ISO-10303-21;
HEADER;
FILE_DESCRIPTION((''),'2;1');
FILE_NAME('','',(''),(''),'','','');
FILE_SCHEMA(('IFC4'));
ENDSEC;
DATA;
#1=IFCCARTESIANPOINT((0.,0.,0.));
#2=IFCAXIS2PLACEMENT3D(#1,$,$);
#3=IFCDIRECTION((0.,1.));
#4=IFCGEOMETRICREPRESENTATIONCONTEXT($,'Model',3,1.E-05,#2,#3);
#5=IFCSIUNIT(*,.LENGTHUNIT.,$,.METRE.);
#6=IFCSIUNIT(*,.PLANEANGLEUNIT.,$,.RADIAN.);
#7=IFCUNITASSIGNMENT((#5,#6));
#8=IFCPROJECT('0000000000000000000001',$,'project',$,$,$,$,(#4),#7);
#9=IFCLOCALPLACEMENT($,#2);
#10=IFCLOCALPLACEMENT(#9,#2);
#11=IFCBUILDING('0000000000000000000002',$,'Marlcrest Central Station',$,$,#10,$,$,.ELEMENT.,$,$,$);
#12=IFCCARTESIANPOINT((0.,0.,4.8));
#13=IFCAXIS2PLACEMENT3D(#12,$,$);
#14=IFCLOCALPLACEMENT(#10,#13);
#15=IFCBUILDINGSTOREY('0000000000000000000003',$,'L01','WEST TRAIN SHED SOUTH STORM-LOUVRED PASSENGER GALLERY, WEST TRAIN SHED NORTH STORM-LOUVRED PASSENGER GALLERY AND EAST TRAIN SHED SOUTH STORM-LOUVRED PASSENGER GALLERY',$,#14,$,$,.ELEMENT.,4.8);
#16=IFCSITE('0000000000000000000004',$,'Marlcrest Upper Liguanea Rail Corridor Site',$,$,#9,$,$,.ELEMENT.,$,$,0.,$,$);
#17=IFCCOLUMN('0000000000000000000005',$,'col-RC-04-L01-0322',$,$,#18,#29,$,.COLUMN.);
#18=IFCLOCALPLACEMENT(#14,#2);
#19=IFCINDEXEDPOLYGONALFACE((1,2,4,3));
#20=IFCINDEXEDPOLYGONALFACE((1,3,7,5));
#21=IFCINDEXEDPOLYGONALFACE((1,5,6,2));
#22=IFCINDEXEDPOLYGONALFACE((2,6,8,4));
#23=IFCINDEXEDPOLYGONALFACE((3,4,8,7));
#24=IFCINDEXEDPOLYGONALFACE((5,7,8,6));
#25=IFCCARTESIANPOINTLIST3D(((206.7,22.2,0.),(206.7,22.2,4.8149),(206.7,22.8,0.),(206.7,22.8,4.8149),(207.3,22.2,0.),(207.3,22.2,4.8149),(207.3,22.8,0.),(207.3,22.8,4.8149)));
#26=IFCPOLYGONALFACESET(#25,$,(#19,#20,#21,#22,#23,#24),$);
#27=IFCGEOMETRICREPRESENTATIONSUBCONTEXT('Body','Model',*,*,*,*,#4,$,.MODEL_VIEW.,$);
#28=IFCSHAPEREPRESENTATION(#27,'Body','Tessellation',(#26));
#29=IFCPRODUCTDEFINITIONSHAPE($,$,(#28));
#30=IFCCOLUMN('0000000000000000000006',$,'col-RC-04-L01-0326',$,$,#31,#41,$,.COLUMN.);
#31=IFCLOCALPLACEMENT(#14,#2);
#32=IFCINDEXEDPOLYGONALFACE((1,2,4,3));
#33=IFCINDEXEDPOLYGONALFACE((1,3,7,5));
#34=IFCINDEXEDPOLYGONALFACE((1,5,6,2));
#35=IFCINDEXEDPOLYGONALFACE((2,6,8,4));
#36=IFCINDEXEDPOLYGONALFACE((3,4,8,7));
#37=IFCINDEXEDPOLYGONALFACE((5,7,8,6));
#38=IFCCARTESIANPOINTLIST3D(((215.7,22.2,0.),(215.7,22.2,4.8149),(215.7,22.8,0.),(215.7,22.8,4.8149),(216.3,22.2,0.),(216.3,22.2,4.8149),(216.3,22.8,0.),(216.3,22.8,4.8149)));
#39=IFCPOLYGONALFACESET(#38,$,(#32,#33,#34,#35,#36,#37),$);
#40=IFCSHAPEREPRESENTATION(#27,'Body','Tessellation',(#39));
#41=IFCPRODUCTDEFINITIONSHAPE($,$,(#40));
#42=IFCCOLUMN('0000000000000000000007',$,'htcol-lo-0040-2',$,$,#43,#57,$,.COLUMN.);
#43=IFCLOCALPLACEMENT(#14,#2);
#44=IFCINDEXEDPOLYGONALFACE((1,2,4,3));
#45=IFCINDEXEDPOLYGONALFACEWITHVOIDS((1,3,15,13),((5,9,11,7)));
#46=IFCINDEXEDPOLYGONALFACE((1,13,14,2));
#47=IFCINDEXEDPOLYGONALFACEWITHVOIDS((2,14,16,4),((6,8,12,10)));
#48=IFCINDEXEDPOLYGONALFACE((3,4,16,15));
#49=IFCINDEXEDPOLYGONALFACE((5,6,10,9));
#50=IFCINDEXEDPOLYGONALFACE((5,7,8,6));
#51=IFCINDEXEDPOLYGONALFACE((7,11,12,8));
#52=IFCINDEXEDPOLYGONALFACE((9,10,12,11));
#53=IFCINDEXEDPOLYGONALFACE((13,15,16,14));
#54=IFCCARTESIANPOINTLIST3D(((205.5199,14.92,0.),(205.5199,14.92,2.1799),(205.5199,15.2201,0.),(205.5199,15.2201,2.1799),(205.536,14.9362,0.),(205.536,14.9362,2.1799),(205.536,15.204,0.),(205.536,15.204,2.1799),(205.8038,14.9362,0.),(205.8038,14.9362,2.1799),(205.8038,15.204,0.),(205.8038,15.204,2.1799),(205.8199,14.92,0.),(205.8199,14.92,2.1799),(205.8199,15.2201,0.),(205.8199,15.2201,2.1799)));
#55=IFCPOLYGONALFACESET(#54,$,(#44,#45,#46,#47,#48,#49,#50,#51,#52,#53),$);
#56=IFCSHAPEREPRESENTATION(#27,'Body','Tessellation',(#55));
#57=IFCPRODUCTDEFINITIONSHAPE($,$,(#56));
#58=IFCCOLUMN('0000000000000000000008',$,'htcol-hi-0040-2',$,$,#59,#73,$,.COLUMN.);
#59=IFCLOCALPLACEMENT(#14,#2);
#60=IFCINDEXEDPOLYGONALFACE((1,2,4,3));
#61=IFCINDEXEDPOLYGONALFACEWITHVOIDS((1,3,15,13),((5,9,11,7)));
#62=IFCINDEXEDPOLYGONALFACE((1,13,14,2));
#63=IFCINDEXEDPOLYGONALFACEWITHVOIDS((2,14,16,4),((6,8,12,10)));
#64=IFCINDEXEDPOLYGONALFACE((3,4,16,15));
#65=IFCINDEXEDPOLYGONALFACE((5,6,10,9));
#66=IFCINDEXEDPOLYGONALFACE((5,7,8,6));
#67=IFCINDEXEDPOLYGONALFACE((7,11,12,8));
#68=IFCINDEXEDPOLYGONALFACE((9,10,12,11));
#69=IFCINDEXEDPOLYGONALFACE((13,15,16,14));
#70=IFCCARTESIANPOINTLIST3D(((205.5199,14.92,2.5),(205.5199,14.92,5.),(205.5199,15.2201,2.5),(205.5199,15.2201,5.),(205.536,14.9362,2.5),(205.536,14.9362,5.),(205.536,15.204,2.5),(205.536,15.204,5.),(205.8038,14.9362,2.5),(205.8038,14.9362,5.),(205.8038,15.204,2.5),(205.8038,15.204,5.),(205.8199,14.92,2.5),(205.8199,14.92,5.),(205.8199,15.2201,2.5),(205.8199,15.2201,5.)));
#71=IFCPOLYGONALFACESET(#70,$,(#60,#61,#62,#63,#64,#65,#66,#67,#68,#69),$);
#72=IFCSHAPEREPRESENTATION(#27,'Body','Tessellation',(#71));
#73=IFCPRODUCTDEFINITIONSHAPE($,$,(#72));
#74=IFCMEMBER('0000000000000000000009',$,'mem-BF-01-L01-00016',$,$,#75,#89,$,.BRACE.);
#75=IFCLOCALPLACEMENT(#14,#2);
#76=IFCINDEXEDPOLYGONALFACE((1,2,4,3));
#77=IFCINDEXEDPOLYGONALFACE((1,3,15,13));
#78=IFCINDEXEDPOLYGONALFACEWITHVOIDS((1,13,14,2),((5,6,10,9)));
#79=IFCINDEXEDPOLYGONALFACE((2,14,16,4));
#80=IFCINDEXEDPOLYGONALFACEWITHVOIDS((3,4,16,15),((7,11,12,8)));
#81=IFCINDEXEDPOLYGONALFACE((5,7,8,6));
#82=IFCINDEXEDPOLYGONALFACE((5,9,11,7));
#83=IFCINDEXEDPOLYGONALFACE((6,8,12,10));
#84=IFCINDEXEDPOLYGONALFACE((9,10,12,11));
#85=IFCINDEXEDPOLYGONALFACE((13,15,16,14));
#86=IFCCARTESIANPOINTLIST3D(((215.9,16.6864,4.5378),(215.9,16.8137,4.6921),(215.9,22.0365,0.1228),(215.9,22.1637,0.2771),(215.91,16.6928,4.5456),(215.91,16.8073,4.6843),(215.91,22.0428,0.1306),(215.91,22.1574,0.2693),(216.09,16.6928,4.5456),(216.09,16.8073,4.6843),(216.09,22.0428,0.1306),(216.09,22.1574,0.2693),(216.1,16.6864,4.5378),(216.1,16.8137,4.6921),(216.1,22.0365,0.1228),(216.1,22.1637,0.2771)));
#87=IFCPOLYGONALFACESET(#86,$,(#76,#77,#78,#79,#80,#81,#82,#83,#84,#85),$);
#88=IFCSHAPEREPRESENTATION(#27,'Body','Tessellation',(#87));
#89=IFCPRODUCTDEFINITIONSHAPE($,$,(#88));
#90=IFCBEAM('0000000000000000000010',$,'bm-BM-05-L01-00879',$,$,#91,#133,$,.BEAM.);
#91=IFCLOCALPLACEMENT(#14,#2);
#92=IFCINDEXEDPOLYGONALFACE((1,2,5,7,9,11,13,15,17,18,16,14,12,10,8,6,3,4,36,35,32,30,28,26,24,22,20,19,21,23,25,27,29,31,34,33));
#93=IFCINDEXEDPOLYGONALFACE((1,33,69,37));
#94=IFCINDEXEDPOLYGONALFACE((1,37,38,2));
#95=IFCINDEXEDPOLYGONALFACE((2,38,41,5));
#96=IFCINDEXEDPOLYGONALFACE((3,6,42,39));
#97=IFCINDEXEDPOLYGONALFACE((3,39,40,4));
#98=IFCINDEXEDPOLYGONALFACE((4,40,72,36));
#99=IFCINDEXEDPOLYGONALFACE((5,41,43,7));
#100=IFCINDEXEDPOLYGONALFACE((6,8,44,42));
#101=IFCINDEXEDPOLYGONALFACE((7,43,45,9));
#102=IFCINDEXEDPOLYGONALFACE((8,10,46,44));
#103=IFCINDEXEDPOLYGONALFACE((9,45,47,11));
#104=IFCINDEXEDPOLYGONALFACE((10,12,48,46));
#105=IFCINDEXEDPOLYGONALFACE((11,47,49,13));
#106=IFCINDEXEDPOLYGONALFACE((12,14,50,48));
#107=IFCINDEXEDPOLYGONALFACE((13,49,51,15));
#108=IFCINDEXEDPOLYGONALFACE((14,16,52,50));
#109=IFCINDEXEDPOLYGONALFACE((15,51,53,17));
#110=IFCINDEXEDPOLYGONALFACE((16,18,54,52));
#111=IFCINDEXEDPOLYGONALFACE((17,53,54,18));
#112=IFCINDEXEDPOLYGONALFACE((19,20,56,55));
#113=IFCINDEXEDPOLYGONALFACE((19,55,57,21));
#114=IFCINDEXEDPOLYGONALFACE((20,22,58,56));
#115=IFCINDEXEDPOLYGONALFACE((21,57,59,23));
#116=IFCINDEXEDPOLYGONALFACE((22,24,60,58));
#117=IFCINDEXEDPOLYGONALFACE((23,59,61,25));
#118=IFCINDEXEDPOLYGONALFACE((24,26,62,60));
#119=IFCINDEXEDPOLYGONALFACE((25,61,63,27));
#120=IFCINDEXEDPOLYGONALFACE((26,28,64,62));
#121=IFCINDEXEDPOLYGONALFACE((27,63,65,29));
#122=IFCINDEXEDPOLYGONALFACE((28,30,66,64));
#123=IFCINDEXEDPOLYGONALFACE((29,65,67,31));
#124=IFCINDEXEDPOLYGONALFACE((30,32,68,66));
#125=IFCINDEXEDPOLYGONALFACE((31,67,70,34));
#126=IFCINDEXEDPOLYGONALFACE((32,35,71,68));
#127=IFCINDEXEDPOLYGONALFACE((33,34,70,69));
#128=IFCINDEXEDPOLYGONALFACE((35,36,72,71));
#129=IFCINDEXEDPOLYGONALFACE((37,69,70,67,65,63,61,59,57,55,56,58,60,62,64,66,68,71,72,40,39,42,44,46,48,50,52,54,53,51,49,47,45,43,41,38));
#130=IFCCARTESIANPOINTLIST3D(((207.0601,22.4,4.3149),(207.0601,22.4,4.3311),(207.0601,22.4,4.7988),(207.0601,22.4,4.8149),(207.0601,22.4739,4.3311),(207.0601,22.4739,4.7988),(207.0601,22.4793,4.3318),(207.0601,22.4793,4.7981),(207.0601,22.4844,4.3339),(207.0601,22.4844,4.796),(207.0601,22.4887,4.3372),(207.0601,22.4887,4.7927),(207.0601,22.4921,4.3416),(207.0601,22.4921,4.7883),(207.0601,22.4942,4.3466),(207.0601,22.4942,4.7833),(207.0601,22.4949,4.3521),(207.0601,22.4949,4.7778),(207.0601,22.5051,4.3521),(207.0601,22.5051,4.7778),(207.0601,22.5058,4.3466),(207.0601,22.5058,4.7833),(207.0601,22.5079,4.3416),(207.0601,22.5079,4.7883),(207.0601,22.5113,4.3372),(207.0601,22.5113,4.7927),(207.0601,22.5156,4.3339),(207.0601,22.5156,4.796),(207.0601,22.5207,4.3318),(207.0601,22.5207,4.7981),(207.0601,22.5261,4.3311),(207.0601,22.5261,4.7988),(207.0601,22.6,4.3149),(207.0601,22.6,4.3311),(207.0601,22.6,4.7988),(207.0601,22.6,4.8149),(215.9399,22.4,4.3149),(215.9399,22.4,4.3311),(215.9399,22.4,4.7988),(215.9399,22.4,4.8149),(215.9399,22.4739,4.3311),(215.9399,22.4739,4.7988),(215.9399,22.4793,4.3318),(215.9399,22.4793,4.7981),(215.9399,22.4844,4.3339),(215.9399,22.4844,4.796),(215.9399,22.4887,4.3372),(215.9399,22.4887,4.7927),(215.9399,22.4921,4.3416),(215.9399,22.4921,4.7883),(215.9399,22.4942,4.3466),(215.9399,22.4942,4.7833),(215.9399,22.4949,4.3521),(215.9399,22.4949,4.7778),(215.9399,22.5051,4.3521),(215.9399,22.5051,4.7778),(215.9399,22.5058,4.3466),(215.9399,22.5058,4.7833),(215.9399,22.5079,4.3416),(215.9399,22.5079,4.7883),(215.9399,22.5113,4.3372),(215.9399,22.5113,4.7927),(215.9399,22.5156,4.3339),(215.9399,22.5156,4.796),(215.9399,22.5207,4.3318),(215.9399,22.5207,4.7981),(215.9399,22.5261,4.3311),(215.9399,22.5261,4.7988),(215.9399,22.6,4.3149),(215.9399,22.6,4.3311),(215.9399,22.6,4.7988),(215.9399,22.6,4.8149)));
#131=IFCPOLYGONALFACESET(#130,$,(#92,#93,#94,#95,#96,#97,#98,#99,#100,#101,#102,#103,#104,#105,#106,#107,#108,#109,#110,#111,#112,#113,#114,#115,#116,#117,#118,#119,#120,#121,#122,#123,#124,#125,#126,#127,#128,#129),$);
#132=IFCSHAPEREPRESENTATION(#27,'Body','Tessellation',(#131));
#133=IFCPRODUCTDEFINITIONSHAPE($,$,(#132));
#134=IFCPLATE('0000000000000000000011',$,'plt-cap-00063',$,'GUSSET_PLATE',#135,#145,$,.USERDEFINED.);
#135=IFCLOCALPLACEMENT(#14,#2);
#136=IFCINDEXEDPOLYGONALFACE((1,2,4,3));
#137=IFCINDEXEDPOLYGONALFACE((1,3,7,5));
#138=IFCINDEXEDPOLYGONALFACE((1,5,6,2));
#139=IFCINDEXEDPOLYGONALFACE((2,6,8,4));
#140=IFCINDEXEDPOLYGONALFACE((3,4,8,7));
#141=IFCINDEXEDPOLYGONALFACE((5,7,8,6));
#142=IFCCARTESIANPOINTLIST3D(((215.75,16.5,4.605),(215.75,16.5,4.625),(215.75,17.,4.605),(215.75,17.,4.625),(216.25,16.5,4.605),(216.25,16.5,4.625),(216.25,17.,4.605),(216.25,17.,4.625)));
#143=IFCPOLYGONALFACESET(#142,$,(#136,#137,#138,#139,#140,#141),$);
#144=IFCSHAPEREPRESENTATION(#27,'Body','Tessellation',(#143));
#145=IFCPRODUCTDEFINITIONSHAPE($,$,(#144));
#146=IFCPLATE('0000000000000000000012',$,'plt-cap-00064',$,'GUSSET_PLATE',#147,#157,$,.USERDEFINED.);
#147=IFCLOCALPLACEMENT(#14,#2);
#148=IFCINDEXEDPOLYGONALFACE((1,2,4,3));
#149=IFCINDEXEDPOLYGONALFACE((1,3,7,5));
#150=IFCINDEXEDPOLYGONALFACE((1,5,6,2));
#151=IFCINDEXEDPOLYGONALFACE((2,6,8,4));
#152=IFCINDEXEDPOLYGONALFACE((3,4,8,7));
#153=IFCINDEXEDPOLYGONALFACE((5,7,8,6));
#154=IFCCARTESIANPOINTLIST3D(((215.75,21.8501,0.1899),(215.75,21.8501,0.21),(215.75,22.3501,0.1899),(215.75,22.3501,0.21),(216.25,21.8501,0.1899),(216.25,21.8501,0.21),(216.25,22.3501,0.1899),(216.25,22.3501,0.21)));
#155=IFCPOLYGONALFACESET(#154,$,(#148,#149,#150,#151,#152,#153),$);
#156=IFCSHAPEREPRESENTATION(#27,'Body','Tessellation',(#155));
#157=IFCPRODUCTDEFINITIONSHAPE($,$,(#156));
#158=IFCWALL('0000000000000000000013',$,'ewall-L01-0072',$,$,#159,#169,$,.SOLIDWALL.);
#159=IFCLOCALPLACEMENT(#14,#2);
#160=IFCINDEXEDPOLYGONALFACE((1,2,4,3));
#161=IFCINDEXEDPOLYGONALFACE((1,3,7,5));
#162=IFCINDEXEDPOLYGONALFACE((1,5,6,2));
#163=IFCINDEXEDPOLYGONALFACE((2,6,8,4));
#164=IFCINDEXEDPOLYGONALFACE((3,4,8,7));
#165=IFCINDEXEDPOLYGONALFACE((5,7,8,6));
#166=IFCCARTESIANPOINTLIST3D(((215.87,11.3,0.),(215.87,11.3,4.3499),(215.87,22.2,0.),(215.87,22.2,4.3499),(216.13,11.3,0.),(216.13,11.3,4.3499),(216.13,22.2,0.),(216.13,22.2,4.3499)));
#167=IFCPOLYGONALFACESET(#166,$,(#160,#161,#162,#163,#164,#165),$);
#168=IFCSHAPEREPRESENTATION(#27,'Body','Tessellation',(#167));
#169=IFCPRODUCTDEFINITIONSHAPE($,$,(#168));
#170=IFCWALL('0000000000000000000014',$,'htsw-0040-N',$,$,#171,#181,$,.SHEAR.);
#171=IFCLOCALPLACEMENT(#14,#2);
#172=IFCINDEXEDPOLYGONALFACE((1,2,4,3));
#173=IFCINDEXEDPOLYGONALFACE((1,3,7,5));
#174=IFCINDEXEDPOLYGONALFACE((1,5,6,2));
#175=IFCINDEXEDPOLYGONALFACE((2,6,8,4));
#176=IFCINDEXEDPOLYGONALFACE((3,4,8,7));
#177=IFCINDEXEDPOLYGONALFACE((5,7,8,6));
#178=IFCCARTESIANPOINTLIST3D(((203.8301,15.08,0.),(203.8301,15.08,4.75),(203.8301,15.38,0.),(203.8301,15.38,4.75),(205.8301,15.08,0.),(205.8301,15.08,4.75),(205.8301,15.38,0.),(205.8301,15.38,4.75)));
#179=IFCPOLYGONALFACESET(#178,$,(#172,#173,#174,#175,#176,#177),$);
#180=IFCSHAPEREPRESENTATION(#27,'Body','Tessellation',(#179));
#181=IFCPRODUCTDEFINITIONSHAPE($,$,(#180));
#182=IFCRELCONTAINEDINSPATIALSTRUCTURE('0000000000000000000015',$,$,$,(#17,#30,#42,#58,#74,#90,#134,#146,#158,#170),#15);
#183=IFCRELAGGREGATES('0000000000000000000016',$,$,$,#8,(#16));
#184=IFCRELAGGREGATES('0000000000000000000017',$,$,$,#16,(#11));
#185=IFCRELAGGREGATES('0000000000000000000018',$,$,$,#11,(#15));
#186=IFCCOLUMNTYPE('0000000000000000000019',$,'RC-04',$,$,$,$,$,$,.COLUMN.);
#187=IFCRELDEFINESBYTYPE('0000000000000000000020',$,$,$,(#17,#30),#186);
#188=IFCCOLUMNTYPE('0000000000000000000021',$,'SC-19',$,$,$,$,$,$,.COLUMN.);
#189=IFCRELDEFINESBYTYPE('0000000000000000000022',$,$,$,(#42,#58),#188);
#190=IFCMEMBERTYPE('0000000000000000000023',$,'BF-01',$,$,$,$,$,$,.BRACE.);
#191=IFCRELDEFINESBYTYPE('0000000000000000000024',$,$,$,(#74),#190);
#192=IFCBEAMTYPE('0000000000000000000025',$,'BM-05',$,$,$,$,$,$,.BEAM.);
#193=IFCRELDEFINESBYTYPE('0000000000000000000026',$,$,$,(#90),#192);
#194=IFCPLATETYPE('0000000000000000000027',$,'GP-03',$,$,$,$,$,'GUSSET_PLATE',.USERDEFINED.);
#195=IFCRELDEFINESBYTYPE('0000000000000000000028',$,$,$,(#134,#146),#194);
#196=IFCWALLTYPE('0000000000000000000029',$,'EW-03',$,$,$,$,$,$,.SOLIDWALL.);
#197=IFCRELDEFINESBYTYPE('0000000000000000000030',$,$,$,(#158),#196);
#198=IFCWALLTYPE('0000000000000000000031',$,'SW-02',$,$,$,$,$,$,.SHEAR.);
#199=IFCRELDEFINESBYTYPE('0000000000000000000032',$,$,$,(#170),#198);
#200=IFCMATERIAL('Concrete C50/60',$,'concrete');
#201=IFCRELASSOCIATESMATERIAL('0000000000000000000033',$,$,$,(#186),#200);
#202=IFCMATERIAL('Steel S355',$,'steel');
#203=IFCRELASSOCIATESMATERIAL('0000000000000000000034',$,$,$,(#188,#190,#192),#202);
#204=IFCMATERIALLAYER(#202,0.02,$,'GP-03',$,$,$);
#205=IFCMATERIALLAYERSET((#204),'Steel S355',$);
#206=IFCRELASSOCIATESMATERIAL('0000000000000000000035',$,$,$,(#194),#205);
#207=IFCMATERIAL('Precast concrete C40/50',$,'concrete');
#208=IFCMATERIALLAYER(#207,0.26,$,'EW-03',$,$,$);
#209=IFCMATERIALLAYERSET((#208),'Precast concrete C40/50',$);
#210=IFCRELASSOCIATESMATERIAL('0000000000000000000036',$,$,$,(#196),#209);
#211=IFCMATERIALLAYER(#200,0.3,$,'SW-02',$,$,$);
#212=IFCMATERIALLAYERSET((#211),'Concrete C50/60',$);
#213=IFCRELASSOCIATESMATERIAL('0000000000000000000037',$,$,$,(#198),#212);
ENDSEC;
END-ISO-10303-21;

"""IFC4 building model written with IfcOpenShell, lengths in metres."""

from ifc_helpers import new_model, si_unit, direction, frame, frame_2d, origin, origin_2d, place, context, subcontext, project, spatial, rectangle, hollow_rectangle, i_section, extrude, material, layer, layer_set, material_profile, profile_set, type_object, element, save


model = new_model("IFC4")

# Units and contexts
model_context = context("Model", 3, precision=1e-05, world=origin(), true_north=direction((0.0, 1.0)))
body_context = subcontext(model_context, "Body", "Model", "MODEL_VIEW")
ifc_project = project(units=[si_unit("LENGTHUNIT", "METRE"), si_unit("PLANEANGLEUNIT", "RADIAN")], contexts=[model_context])

# Site, building, storey
site_placement = place(None, origin())
site = spatial("IfcSite", under=ifc_project, at=site_placement, Name="Marlcrest Upper Liguanea Rail Corridor Site", CompositionType="ELEMENT", RefElevation=0.0)
building_placement = place(site_placement, origin())
building = spatial("IfcBuilding", under=site, at=building_placement, Name="Marlcrest Central Station", CompositionType="ELEMENT")
storey_placement = place(building_placement, frame((0.0, 0.0, 4.8)))
storey = spatial("IfcBuildingStorey", under=building, at=storey_placement, Name="L01", Description="WEST TRAIN SHED SOUTH STORM-LOUVRED PASSENGER GALLERY, WEST TRAIN SHED NORTH STORM-LOUVRED PASSENGER GALLERY AND EAST TRAIN SHED SOUTH STORM-LOUVRED PASSENGER GALLERY", CompositionType="ELEMENT", Elevation=4.8)

# Columns
ifc_material_1 = material(Name="Concrete C50/60", Category="concrete")
ifc_material_profile_1 = material_profile(ifc_material_1, rectangle(XDim=0.6001, YDim=0.6001, at=origin_2d()), Name="RC 600x600")
ifc_profile_set_1 = profile_set([ifc_material_profile_1], Name="Concrete C50/60")
column_type_1 = type_object("IfcColumnType", Name="RC-04", PredefinedType="COLUMN", material=ifc_profile_set_1)
for number, where, z_axis, x_axis, name in (
    (1, (207.0, 22.5, 0.0), (0.0, 0.0, 1.0), (1.0, 0.0, 0.0), "col-RC-04-L01-0322"),
    (2, (216.0, 22.5, 0.0), (0.0, 0.0, 1.0), (1.0, 0.0, 0.0), "col-RC-04-L01-0326"),
):
    element("IfcColumn", number, at=place(storey_placement, frame(where, z_axis=z_axis, x_axis=x_axis)), inside=storey, type_object=column_type_1, Name=name, PredefinedType="COLUMN", context=body_context, shape_type="SweptSolid", body=[
        extrude(rectangle(XDim=0.6001, YDim=0.6001, at=origin_2d()), origin(), (0.0, 0.0, 1.0), 4.8149),
    ])
ifc_material_2 = material(Name="Steel S355", Category="steel")
ifc_material_profile_2 = material_profile(ifc_material_2, hollow_rectangle(XDim=0.3, YDim=0.3, WallThickness=0.0161, at=origin_2d()), Name="SHS 300x300x16")
ifc_profile_set_2 = profile_set([ifc_material_profile_2], Name="Steel S355")
column_type_2 = type_object("IfcColumnType", Name="SC-19", PredefinedType="COLUMN", material=ifc_profile_set_2)
column_1_placement = place(storey_placement, frame((205.6699, 15.0701, 0.0), z_axis=(0.0, 0.0, 1.0), x_axis=(1.0, 0.0, 0.0)))
element("IfcColumn", 3, at=column_1_placement, inside=storey, type_object=column_type_2, Name="htcol-lo-0040-2", PredefinedType="COLUMN", context=body_context, shape_type="SweptSolid", body=[
    extrude(hollow_rectangle(XDim=0.3, YDim=0.3, WallThickness=0.0161, at=origin_2d()), origin(), (0.0, 0.0, 1.0), 2.1799),
])
column_2_placement = place(storey_placement, frame((205.6699, 15.0701, 2.5), z_axis=(0.0, 0.0, 1.0), x_axis=(1.0, 0.0, 0.0)))
element("IfcColumn", 4, at=column_2_placement, inside=storey, type_object=column_type_2, Name="htcol-hi-0040-2", PredefinedType="COLUMN", context=body_context, shape_type="SweptSolid", body=[
    extrude(hollow_rectangle(XDim=0.3, YDim=0.3, WallThickness=0.0161, at=origin_2d()), origin(), (0.0, 0.0, 1.0), 2.5),
])

# Member
ifc_material_profile_3 = material_profile(ifc_material_2, hollow_rectangle(XDim=0.2, YDim=0.2, WallThickness=0.01, at=origin_2d()), Name="SHS 200x200x10")
ifc_profile_set_3 = profile_set([ifc_material_profile_3], Name="Steel S355")
member_type = type_object("IfcMemberType", Name="BF-01", PredefinedType="BRACE", material=ifc_profile_set_3)
member_placement = place(storey_placement, frame((216.0, 22.1001, 0.2), z_axis=(0.0, -0.771288, 0.636487), x_axis=(1.0, 0.0, 0.0)))
element("IfcMember", 5, at=member_placement, inside=storey, type_object=member_type, Name="mem-BF-01-L01-00016", PredefinedType="BRACE", context=body_context, shape_type="SweptSolid", body=[
    extrude(hollow_rectangle(XDim=0.2, YDim=0.2, WallThickness=0.01, at=origin_2d()), origin(), (0.0, 0.0, 1.0), 6.9365),
])

# Beam
ifc_material_profile_4 = material_profile(ifc_material_2, i_section(OverallWidth=0.2, OverallDepth=0.5, WebThickness=0.0103, FlangeThickness=0.0161, FilletRadius=0.021, at=origin_2d()), Name="IPE 500")
ifc_profile_set_4 = profile_set([ifc_material_profile_4], Name="Steel S355")
beam_type = type_object("IfcBeamType", Name="BM-05", PredefinedType="BEAM", material=ifc_profile_set_4)
beam_placement = place(storey_placement, frame((207.0601, 22.5, 4.5649), z_axis=(1.0, 0.0, 0.0), x_axis=(0.0, 1.0, 0.0)))
element("IfcBeam", 6, at=beam_placement, inside=storey, type_object=beam_type, Name="bm-BM-05-L01-00879", PredefinedType="BEAM", context=body_context, shape_type="SweptSolid", body=[
    extrude(i_section(OverallWidth=0.2, OverallDepth=0.5, WebThickness=0.0103, FlangeThickness=0.0161, FilletRadius=0.021, at=origin_2d()), origin(), (0.0, 0.0, 1.0), 8.8799),
])

# Plates
ifc_layer_1 = layer(ifc_material_2, 0.02, Name="GP-03")
ifc_layer_set_1 = layer_set([ifc_layer_1], Name="Steel S355")
plate_type = type_object("IfcPlateType", Name="GP-03", ElementType="GUSSET_PLATE", PredefinedType="USERDEFINED", material=ifc_layer_set_1)
for number, where, z_axis, x_axis, name in (
    (7, (216.0, 16.75, 4.605), (0.0, 0.0, 1.0), (1.0, 0.0, 0.0), "plt-cap-00063"),
    (8, (216.0, 22.1001, 0.1899), (0.0, 0.0, 1.0), (1.0, 0.0, 0.0), "plt-cap-00064"),
):
    element("IfcPlate", number, at=place(storey_placement, frame(where, z_axis=z_axis, x_axis=x_axis)), inside=storey, type_object=plate_type, Name=name, ObjectType="GUSSET_PLATE", PredefinedType="USERDEFINED", context=body_context, shape_type="SweptSolid", body=[
        extrude(rectangle(XDim=0.5, YDim=0.5, at=origin_2d()), origin(), (0.0, 0.0, 1.0), 0.02),
    ])

# Walls
ifc_material_3 = material(Name="Precast concrete C40/50", Category="concrete")
ifc_layer_2 = layer(ifc_material_3, 0.26, Name="EW-03")
ifc_layer_set_2 = layer_set([ifc_layer_2], Name="Precast concrete C40/50")
wall_type_1 = type_object("IfcWallType", Name="EW-03", PredefinedType="SOLIDWALL", material=ifc_layer_set_2)
wall_1_placement = place(storey_placement, frame((216.0, 22.2, 0.0), z_axis=(0.0, 0.0, 1.0), x_axis=(0.0, -1.0, 0.0)))
element("IfcWall", 9, at=wall_1_placement, inside=storey, type_object=wall_type_1, Name="ewall-L01-0072", PredefinedType="SOLIDWALL", context=body_context, shape_type="SweptSolid", body=[
    extrude(rectangle(XDim=10.8999, YDim=0.26, at=frame_2d((5.45, 0.0))), origin(), (0.0, 0.0, 1.0), 4.3499),
])
ifc_layer_3 = layer(ifc_material_1, 0.3, Name="SW-02")
ifc_layer_set_3 = layer_set([ifc_layer_3], Name="Concrete C50/60")
wall_type_2 = type_object("IfcWallType", Name="SW-02", PredefinedType="SHEAR", material=ifc_layer_set_3)
wall_2_placement = place(storey_placement, frame((205.8301, 15.23, 0.0), z_axis=(0.0, 0.0, 1.0), x_axis=(-1.0, 0.0, 0.0)))
element("IfcWall", 10, at=wall_2_placement, inside=storey, type_object=wall_type_2, Name="htsw-0040-N", PredefinedType="SHEAR", context=body_context, shape_type="SweptSolid", body=[
    extrude(rectangle(XDim=2.0, YDim=0.3, at=frame_2d((1.0, 0.0))), origin(), (0.0, 0.0, 1.0), 4.75),
])

save(model, "model.ifc")
